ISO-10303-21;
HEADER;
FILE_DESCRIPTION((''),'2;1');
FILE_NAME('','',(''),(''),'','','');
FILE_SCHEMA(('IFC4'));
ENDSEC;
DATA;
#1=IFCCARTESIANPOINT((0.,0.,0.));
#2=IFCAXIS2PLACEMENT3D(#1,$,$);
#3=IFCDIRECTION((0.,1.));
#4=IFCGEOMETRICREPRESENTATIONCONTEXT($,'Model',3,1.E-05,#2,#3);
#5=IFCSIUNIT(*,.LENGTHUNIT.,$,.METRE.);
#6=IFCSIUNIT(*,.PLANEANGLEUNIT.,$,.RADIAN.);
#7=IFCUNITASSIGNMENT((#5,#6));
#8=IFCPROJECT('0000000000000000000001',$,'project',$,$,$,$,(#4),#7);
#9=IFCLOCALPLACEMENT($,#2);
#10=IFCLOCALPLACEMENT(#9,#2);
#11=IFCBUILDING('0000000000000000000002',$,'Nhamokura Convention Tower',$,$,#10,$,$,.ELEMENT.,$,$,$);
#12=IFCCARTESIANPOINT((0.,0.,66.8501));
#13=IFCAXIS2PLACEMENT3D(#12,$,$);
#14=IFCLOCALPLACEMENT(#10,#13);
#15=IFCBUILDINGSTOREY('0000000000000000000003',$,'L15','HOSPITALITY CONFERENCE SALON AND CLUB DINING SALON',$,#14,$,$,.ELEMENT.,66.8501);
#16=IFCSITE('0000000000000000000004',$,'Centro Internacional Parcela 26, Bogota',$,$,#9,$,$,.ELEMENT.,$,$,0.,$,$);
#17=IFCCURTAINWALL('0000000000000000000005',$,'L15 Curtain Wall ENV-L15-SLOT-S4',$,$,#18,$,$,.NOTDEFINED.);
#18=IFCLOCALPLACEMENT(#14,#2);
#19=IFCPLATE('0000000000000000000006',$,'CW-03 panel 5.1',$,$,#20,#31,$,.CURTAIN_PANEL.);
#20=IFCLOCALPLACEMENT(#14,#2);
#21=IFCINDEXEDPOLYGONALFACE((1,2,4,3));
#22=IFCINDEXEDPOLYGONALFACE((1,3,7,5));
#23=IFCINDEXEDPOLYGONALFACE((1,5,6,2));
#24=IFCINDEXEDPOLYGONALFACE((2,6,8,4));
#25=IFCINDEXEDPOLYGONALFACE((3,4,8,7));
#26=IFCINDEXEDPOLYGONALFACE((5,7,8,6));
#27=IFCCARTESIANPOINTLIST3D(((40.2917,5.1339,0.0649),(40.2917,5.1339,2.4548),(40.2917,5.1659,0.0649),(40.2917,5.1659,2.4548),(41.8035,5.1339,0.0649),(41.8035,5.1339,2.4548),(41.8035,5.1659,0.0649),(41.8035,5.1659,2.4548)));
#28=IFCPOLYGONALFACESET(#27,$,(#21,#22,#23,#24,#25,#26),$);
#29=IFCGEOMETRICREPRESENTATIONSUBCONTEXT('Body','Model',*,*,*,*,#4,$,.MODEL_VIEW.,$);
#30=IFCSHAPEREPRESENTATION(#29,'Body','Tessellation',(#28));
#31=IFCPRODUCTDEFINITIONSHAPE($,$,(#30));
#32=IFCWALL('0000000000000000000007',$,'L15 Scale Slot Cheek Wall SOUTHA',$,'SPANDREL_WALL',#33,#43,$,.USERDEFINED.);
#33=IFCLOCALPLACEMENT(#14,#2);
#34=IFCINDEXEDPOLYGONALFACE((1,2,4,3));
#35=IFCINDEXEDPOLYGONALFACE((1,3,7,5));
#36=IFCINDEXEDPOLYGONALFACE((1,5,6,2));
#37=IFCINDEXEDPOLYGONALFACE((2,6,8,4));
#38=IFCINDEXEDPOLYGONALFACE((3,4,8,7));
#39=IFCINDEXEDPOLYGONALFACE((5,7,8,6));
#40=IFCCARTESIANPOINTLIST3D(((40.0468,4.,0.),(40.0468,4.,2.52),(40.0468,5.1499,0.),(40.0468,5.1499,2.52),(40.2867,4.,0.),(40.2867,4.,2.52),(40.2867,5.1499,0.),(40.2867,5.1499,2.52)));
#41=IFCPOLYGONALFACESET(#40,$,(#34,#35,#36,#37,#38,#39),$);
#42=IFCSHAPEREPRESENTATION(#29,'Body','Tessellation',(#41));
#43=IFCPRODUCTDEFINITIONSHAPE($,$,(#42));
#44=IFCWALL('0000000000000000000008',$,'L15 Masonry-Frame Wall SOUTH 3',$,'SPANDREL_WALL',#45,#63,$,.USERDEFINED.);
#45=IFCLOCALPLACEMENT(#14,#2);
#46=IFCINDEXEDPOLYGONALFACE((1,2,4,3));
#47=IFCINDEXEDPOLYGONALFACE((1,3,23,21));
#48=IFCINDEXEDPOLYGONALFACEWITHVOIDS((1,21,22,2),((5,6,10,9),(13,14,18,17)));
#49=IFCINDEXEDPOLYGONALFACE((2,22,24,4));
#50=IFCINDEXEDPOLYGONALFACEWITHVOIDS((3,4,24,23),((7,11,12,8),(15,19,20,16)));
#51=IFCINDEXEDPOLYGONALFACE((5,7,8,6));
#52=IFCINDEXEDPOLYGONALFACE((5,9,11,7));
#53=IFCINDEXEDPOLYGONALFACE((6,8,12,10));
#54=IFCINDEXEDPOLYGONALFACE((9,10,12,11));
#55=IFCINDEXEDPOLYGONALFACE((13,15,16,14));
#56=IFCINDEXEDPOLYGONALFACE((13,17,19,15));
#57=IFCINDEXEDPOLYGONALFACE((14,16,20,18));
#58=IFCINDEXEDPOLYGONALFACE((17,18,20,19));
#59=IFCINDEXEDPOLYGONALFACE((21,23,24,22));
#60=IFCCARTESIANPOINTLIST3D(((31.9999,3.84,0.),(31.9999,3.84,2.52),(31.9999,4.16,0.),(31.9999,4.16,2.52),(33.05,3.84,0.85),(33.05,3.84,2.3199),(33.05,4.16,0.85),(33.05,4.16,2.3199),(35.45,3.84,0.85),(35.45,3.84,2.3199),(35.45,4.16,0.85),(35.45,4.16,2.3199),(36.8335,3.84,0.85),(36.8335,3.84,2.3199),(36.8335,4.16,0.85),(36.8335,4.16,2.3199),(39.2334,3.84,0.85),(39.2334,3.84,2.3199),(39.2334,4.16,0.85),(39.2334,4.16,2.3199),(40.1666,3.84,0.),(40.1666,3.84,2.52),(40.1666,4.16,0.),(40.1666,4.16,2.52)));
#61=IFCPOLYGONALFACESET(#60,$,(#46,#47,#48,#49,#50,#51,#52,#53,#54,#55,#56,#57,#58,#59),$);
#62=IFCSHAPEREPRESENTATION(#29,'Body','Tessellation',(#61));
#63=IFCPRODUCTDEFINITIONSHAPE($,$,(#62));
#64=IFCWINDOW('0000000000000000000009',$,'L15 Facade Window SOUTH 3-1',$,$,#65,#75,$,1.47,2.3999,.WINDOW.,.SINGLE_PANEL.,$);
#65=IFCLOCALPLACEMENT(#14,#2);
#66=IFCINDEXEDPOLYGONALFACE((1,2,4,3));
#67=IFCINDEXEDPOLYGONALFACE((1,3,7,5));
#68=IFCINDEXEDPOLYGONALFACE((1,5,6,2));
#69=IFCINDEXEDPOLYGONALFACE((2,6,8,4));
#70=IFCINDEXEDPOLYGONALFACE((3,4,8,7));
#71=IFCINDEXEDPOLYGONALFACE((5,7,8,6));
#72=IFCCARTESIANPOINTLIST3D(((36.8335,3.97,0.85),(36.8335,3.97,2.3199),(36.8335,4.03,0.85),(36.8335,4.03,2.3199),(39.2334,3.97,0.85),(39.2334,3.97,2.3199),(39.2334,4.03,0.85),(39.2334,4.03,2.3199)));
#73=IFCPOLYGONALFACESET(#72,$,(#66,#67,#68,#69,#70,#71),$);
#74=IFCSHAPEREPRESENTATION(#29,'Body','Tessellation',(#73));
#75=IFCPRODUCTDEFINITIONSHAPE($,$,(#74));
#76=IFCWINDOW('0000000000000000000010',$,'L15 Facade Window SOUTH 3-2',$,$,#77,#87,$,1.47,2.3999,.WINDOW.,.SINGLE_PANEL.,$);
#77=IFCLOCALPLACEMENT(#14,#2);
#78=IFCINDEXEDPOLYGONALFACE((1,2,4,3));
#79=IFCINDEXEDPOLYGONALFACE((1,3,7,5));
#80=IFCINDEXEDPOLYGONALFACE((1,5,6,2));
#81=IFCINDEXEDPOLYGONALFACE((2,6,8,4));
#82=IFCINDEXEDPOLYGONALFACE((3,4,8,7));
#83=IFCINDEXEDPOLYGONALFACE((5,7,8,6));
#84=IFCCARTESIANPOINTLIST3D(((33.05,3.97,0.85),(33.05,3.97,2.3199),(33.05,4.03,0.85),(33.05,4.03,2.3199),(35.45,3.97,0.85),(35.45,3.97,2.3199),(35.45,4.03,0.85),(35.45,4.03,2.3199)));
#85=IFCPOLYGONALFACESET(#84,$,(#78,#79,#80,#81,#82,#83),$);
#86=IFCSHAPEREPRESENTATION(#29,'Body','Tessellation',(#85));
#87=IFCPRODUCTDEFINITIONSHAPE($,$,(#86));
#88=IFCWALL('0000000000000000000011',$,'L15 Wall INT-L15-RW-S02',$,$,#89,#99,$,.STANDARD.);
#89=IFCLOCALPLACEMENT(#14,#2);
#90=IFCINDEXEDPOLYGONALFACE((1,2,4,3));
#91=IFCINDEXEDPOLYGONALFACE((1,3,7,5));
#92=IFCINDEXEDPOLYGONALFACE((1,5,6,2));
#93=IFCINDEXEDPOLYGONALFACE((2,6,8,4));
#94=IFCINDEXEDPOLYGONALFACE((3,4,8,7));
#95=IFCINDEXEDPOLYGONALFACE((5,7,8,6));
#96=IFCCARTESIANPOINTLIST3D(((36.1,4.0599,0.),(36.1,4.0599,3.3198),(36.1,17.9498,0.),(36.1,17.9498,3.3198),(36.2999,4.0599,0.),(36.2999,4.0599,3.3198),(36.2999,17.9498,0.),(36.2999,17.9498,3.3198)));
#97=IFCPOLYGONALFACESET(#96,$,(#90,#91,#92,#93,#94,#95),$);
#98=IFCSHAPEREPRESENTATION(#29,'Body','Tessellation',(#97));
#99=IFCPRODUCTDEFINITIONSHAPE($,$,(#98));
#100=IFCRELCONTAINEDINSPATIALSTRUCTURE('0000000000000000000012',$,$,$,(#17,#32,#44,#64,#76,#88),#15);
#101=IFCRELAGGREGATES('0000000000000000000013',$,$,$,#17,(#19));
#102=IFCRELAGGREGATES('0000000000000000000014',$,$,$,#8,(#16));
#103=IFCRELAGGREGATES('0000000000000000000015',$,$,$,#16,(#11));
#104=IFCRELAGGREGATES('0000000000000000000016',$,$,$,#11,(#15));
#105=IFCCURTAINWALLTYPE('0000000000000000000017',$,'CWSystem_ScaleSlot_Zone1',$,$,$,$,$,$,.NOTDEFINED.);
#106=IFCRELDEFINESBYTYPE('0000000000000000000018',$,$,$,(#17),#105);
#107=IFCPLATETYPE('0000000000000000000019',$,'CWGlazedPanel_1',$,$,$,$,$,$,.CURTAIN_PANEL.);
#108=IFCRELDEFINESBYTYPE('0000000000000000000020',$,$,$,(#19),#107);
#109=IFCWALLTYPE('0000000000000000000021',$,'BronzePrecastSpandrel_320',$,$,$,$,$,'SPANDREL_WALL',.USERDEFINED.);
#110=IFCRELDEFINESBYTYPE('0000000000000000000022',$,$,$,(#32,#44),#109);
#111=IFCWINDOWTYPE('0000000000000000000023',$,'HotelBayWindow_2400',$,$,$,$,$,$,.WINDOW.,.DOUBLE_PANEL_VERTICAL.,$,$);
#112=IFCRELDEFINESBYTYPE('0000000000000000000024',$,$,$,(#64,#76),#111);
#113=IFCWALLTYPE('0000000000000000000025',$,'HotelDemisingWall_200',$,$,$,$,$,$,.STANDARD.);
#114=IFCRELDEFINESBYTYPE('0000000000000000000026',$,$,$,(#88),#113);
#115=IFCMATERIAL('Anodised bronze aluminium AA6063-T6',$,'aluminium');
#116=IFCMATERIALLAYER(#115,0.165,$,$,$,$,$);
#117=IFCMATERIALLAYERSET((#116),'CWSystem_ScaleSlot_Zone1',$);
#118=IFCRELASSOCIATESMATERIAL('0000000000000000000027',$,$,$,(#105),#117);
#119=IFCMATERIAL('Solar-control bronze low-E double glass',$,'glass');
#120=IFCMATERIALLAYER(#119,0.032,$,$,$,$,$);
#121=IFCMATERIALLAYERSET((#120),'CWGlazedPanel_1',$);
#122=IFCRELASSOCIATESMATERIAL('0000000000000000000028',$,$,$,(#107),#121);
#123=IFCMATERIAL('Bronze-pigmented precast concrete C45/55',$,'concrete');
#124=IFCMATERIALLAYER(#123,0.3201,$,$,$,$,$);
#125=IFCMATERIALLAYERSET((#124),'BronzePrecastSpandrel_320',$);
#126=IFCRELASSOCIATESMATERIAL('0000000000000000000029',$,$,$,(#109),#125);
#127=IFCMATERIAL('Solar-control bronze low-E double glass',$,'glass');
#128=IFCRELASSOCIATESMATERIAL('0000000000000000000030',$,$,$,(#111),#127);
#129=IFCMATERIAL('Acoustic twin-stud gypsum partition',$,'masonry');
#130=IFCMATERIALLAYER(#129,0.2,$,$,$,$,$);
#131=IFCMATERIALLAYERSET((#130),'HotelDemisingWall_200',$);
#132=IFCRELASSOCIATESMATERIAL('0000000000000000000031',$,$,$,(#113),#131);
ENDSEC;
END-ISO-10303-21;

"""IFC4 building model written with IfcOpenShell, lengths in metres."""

from ifc_helpers import new_model, si_unit, direction, frame, frame_2d, origin, origin_2d, place, context, subcontext, project, spatial, rectangle, extrude, material, layer, layer_set, type_object, element, fill, aggregate, save


model = new_model("IFC4")

# Units and contexts
model_context = context("Model", 3, precision=1e-05, world=origin(), true_north=direction((0.0, 1.0)))
body_context = subcontext(model_context, "Body", "Model", "MODEL_VIEW")
ifc_project = project(units=[si_unit("LENGTHUNIT", "METRE"), si_unit("PLANEANGLEUNIT", "RADIAN")], contexts=[model_context])

# Site, building, storey
site_placement = place(None, origin())
site = spatial("IfcSite", under=ifc_project, at=site_placement, Name="Centro Internacional Parcela 26, Bogota", CompositionType="ELEMENT", RefElevation=0.0)
building_placement = place(site_placement, origin())
building = spatial("IfcBuilding", under=site, at=building_placement, Name="Nhamokura Convention Tower", CompositionType="ELEMENT")
storey_placement = place(building_placement, frame((0.0, 0.0, 66.8501)))
storey = spatial("IfcBuildingStorey", under=building, at=storey_placement, Name="L15", Description="HOSPITALITY CONFERENCE SALON AND CLUB DINING SALON", CompositionType="ELEMENT", Elevation=66.8501)

# Curtain wall
ifc_material_1 = material(Name="Anodised bronze aluminium AA6063-T6", Category="aluminium")
ifc_layer_1 = layer(ifc_material_1, 0.165)
ifc_layer_set_1 = layer_set([ifc_layer_1], Name="CWSystem_ScaleSlot_Zone1")
curtain_wall_type = type_object("IfcCurtainWallType", Name="CWSystem_ScaleSlot_Zone1", PredefinedType="NOTDEFINED", material=ifc_layer_set_1)
curtain_wall_placement = place(storey_placement, origin())
curtain_wall = element("IfcCurtainWall", 1, at=curtain_wall_placement, inside=storey, type_object=curtain_wall_type, Name="L15 Curtain Wall ENV-L15-SLOT-S4", PredefinedType="NOTDEFINED")

# Plate
ifc_material_2 = material(Name="Solar-control bronze low-E double glass", Category="glass")
ifc_layer_2 = layer(ifc_material_2, 0.032)
ifc_layer_set_2 = layer_set([ifc_layer_2], Name="CWGlazedPanel_1")
plate_type = type_object("IfcPlateType", Name="CWGlazedPanel_1", PredefinedType="CURTAIN_PANEL", material=ifc_layer_set_2)
plate_1_placement = place(storey_placement, frame((41.0476, 5.1499, 0.0649), z_axis=(0.0, 0.0, 1.0), x_axis=(-1.0, 0.0, 0.0)))
plate_1 = element("IfcPlate", 2, at=plate_1_placement, type_object=plate_type, Name="CW-03 panel 5.1", PredefinedType="CURTAIN_PANEL", context=body_context, shape_type="SweptSolid", body=[
    extrude(rectangle(XDim=1.5117, YDim=0.032, at=origin_2d()), origin(), (0.0, 0.0, 1.0), 2.3899),
])
aggregate(curtain_wall, [plate_1])

# Wall
ifc_material_3 = material(Name="Bronze-pigmented precast concrete C45/55", Category="concrete")
ifc_layer_3 = layer(ifc_material_3, 0.3201)
ifc_layer_set_3 = layer_set([ifc_layer_3], Name="BronzePrecastSpandrel_320")
wall_type_1 = type_object("IfcWallType", Name="BronzePrecastSpandrel_320", ElementType="SPANDREL_WALL", PredefinedType="USERDEFINED", material=ifc_layer_set_3)
wall_1_placement = place(storey_placement, frame((40.1667, 4.0, 0.0), z_axis=(0.0, 0.0, 1.0), x_axis=(0.0, 1.0, 0.0)))
element("IfcWall", 3, at=wall_1_placement, inside=storey, type_object=wall_type_1, Name="L15 Scale Slot Cheek Wall SOUTHA", ObjectType="SPANDREL_WALL", PredefinedType="USERDEFINED", context=body_context, shape_type="SweptSolid", body=[
    extrude(rectangle(XDim=1.1499, YDim=0.24, at=frame_2d((0.575, 0.0))), origin(), (0.0, 0.0, 1.0), 2.52),
])

# Wall, openings, windows
wall_2_placement = place(storey_placement, frame((40.1667, 4.0, 0.0), z_axis=(0.0, 0.0, 1.0), x_axis=(-1.0, 0.0, 0.0)))
wall_2 = element("IfcWall", 4, at=wall_2_placement, inside=storey, type_object=wall_type_1, Name="L15 Masonry-Frame Wall SOUTH 3", ObjectType="SPANDREL_WALL", PredefinedType="USERDEFINED", context=body_context, shape_type="SweptSolid", body=[
    extrude(rectangle(XDim=8.1667, YDim=0.3201, at=frame_2d((4.0835, 0.0))), origin(), (0.0, 0.0, 1.0), 2.52),
])
opening_1_placement = place(wall_2_placement, frame((0.9333, 0.0, 0.8501)))
opening_1 = element("IfcOpeningElement", 5, at=opening_1_placement, cuts=wall_2, PredefinedType="OPENING", context=body_context, shape_type="SweptSolid", body=[
    extrude(rectangle(XDim=2.3999, YDim=1.47, at=frame_2d((1.2, 0.7349))), frame((0.0, 0.1699, 0.0), z_axis=(0.0, -1.0, 0.0), x_axis=(1.0, 0.0, 0.0)), (0.0, 0.0, 1.0), 0.3401),
])
opening_2_placement = place(wall_2_placement, frame((4.7168, 0.0, 0.8501)))
opening_2 = element("IfcOpeningElement", 6, at=opening_2_placement, cuts=wall_2, PredefinedType="OPENING", context=body_context, shape_type="SweptSolid", body=[
    extrude(rectangle(XDim=2.3999, YDim=1.47, at=frame_2d((1.2, 0.7349))), frame((0.0, 0.1699, 0.0), z_axis=(0.0, -1.0, 0.0), x_axis=(1.0, 0.0, 0.0)), (0.0, 0.0, 1.0), 0.3401),
])
ifc_material_4 = material(Name="Solar-control bronze low-E double glass", Category="glass")
window_type = type_object("IfcWindowType", Name="HotelBayWindow_2400", PartitioningType="DOUBLE_PANEL_VERTICAL", PredefinedType="WINDOW", material=ifc_material_4)
window_1_placement = place(opening_1_placement, origin())
window_1 = element("IfcWindow", 7, at=window_1_placement, inside=storey, type_object=window_type, Name="L15 Facade Window SOUTH 3-1", OverallHeight=1.47, OverallWidth=2.3999, PartitioningType="SINGLE_PANEL", PredefinedType="WINDOW", context=body_context, shape_type="SweptSolid", body=[
    extrude(rectangle(XDim=2.3999, YDim=1.47, at=frame_2d((1.2, 0.7349))), frame((0.0, 0.03, 0.0), z_axis=(0.0, -1.0, 0.0), x_axis=(1.0, 0.0, 0.0)), (0.0, 0.0, 1.0), 0.0601),
])
fill(opening_1, window_1)
window_2_placement = place(opening_2_placement, origin())
window_2 = element("IfcWindow", 8, at=window_2_placement, inside=storey, type_object=window_type, Name="L15 Facade Window SOUTH 3-2", OverallHeight=1.47, OverallWidth=2.3999, PartitioningType="SINGLE_PANEL", PredefinedType="WINDOW", context=body_context, shape_type="SweptSolid", body=[
    extrude(rectangle(XDim=2.3999, YDim=1.47, at=frame_2d((1.2, 0.7349))), frame((0.0, 0.03, 0.0), z_axis=(0.0, -1.0, 0.0), x_axis=(1.0, 0.0, 0.0)), (0.0, 0.0, 1.0), 0.0601),
])
fill(opening_2, window_2)

# Wall
ifc_material_5 = material(Name="Acoustic twin-stud gypsum partition", Category="masonry")
ifc_layer_4 = layer(ifc_material_5, 0.2)
ifc_layer_set_4 = layer_set([ifc_layer_4], Name="HotelDemisingWall_200")
wall_type_2 = type_object("IfcWallType", Name="HotelDemisingWall_200", PredefinedType="STANDARD", material=ifc_layer_set_4)
wall_3_placement = place(storey_placement, frame((36.2, 4.0601, 0.0), z_axis=(0.0, 0.0, 1.0), x_axis=(0.0, 1.0, 0.0)))
element("IfcWall", 9, at=wall_3_placement, inside=storey, type_object=wall_type_2, Name="L15 Wall INT-L15-RW-S02", PredefinedType="STANDARD", context=body_context, shape_type="SweptSolid", body=[
    extrude(rectangle(XDim=13.8899, YDim=0.2, at=frame_2d((6.9448, 0.0))), origin(), (0.0, 0.0, 1.0), 3.3198),
])

save(model, "model.ifc")
